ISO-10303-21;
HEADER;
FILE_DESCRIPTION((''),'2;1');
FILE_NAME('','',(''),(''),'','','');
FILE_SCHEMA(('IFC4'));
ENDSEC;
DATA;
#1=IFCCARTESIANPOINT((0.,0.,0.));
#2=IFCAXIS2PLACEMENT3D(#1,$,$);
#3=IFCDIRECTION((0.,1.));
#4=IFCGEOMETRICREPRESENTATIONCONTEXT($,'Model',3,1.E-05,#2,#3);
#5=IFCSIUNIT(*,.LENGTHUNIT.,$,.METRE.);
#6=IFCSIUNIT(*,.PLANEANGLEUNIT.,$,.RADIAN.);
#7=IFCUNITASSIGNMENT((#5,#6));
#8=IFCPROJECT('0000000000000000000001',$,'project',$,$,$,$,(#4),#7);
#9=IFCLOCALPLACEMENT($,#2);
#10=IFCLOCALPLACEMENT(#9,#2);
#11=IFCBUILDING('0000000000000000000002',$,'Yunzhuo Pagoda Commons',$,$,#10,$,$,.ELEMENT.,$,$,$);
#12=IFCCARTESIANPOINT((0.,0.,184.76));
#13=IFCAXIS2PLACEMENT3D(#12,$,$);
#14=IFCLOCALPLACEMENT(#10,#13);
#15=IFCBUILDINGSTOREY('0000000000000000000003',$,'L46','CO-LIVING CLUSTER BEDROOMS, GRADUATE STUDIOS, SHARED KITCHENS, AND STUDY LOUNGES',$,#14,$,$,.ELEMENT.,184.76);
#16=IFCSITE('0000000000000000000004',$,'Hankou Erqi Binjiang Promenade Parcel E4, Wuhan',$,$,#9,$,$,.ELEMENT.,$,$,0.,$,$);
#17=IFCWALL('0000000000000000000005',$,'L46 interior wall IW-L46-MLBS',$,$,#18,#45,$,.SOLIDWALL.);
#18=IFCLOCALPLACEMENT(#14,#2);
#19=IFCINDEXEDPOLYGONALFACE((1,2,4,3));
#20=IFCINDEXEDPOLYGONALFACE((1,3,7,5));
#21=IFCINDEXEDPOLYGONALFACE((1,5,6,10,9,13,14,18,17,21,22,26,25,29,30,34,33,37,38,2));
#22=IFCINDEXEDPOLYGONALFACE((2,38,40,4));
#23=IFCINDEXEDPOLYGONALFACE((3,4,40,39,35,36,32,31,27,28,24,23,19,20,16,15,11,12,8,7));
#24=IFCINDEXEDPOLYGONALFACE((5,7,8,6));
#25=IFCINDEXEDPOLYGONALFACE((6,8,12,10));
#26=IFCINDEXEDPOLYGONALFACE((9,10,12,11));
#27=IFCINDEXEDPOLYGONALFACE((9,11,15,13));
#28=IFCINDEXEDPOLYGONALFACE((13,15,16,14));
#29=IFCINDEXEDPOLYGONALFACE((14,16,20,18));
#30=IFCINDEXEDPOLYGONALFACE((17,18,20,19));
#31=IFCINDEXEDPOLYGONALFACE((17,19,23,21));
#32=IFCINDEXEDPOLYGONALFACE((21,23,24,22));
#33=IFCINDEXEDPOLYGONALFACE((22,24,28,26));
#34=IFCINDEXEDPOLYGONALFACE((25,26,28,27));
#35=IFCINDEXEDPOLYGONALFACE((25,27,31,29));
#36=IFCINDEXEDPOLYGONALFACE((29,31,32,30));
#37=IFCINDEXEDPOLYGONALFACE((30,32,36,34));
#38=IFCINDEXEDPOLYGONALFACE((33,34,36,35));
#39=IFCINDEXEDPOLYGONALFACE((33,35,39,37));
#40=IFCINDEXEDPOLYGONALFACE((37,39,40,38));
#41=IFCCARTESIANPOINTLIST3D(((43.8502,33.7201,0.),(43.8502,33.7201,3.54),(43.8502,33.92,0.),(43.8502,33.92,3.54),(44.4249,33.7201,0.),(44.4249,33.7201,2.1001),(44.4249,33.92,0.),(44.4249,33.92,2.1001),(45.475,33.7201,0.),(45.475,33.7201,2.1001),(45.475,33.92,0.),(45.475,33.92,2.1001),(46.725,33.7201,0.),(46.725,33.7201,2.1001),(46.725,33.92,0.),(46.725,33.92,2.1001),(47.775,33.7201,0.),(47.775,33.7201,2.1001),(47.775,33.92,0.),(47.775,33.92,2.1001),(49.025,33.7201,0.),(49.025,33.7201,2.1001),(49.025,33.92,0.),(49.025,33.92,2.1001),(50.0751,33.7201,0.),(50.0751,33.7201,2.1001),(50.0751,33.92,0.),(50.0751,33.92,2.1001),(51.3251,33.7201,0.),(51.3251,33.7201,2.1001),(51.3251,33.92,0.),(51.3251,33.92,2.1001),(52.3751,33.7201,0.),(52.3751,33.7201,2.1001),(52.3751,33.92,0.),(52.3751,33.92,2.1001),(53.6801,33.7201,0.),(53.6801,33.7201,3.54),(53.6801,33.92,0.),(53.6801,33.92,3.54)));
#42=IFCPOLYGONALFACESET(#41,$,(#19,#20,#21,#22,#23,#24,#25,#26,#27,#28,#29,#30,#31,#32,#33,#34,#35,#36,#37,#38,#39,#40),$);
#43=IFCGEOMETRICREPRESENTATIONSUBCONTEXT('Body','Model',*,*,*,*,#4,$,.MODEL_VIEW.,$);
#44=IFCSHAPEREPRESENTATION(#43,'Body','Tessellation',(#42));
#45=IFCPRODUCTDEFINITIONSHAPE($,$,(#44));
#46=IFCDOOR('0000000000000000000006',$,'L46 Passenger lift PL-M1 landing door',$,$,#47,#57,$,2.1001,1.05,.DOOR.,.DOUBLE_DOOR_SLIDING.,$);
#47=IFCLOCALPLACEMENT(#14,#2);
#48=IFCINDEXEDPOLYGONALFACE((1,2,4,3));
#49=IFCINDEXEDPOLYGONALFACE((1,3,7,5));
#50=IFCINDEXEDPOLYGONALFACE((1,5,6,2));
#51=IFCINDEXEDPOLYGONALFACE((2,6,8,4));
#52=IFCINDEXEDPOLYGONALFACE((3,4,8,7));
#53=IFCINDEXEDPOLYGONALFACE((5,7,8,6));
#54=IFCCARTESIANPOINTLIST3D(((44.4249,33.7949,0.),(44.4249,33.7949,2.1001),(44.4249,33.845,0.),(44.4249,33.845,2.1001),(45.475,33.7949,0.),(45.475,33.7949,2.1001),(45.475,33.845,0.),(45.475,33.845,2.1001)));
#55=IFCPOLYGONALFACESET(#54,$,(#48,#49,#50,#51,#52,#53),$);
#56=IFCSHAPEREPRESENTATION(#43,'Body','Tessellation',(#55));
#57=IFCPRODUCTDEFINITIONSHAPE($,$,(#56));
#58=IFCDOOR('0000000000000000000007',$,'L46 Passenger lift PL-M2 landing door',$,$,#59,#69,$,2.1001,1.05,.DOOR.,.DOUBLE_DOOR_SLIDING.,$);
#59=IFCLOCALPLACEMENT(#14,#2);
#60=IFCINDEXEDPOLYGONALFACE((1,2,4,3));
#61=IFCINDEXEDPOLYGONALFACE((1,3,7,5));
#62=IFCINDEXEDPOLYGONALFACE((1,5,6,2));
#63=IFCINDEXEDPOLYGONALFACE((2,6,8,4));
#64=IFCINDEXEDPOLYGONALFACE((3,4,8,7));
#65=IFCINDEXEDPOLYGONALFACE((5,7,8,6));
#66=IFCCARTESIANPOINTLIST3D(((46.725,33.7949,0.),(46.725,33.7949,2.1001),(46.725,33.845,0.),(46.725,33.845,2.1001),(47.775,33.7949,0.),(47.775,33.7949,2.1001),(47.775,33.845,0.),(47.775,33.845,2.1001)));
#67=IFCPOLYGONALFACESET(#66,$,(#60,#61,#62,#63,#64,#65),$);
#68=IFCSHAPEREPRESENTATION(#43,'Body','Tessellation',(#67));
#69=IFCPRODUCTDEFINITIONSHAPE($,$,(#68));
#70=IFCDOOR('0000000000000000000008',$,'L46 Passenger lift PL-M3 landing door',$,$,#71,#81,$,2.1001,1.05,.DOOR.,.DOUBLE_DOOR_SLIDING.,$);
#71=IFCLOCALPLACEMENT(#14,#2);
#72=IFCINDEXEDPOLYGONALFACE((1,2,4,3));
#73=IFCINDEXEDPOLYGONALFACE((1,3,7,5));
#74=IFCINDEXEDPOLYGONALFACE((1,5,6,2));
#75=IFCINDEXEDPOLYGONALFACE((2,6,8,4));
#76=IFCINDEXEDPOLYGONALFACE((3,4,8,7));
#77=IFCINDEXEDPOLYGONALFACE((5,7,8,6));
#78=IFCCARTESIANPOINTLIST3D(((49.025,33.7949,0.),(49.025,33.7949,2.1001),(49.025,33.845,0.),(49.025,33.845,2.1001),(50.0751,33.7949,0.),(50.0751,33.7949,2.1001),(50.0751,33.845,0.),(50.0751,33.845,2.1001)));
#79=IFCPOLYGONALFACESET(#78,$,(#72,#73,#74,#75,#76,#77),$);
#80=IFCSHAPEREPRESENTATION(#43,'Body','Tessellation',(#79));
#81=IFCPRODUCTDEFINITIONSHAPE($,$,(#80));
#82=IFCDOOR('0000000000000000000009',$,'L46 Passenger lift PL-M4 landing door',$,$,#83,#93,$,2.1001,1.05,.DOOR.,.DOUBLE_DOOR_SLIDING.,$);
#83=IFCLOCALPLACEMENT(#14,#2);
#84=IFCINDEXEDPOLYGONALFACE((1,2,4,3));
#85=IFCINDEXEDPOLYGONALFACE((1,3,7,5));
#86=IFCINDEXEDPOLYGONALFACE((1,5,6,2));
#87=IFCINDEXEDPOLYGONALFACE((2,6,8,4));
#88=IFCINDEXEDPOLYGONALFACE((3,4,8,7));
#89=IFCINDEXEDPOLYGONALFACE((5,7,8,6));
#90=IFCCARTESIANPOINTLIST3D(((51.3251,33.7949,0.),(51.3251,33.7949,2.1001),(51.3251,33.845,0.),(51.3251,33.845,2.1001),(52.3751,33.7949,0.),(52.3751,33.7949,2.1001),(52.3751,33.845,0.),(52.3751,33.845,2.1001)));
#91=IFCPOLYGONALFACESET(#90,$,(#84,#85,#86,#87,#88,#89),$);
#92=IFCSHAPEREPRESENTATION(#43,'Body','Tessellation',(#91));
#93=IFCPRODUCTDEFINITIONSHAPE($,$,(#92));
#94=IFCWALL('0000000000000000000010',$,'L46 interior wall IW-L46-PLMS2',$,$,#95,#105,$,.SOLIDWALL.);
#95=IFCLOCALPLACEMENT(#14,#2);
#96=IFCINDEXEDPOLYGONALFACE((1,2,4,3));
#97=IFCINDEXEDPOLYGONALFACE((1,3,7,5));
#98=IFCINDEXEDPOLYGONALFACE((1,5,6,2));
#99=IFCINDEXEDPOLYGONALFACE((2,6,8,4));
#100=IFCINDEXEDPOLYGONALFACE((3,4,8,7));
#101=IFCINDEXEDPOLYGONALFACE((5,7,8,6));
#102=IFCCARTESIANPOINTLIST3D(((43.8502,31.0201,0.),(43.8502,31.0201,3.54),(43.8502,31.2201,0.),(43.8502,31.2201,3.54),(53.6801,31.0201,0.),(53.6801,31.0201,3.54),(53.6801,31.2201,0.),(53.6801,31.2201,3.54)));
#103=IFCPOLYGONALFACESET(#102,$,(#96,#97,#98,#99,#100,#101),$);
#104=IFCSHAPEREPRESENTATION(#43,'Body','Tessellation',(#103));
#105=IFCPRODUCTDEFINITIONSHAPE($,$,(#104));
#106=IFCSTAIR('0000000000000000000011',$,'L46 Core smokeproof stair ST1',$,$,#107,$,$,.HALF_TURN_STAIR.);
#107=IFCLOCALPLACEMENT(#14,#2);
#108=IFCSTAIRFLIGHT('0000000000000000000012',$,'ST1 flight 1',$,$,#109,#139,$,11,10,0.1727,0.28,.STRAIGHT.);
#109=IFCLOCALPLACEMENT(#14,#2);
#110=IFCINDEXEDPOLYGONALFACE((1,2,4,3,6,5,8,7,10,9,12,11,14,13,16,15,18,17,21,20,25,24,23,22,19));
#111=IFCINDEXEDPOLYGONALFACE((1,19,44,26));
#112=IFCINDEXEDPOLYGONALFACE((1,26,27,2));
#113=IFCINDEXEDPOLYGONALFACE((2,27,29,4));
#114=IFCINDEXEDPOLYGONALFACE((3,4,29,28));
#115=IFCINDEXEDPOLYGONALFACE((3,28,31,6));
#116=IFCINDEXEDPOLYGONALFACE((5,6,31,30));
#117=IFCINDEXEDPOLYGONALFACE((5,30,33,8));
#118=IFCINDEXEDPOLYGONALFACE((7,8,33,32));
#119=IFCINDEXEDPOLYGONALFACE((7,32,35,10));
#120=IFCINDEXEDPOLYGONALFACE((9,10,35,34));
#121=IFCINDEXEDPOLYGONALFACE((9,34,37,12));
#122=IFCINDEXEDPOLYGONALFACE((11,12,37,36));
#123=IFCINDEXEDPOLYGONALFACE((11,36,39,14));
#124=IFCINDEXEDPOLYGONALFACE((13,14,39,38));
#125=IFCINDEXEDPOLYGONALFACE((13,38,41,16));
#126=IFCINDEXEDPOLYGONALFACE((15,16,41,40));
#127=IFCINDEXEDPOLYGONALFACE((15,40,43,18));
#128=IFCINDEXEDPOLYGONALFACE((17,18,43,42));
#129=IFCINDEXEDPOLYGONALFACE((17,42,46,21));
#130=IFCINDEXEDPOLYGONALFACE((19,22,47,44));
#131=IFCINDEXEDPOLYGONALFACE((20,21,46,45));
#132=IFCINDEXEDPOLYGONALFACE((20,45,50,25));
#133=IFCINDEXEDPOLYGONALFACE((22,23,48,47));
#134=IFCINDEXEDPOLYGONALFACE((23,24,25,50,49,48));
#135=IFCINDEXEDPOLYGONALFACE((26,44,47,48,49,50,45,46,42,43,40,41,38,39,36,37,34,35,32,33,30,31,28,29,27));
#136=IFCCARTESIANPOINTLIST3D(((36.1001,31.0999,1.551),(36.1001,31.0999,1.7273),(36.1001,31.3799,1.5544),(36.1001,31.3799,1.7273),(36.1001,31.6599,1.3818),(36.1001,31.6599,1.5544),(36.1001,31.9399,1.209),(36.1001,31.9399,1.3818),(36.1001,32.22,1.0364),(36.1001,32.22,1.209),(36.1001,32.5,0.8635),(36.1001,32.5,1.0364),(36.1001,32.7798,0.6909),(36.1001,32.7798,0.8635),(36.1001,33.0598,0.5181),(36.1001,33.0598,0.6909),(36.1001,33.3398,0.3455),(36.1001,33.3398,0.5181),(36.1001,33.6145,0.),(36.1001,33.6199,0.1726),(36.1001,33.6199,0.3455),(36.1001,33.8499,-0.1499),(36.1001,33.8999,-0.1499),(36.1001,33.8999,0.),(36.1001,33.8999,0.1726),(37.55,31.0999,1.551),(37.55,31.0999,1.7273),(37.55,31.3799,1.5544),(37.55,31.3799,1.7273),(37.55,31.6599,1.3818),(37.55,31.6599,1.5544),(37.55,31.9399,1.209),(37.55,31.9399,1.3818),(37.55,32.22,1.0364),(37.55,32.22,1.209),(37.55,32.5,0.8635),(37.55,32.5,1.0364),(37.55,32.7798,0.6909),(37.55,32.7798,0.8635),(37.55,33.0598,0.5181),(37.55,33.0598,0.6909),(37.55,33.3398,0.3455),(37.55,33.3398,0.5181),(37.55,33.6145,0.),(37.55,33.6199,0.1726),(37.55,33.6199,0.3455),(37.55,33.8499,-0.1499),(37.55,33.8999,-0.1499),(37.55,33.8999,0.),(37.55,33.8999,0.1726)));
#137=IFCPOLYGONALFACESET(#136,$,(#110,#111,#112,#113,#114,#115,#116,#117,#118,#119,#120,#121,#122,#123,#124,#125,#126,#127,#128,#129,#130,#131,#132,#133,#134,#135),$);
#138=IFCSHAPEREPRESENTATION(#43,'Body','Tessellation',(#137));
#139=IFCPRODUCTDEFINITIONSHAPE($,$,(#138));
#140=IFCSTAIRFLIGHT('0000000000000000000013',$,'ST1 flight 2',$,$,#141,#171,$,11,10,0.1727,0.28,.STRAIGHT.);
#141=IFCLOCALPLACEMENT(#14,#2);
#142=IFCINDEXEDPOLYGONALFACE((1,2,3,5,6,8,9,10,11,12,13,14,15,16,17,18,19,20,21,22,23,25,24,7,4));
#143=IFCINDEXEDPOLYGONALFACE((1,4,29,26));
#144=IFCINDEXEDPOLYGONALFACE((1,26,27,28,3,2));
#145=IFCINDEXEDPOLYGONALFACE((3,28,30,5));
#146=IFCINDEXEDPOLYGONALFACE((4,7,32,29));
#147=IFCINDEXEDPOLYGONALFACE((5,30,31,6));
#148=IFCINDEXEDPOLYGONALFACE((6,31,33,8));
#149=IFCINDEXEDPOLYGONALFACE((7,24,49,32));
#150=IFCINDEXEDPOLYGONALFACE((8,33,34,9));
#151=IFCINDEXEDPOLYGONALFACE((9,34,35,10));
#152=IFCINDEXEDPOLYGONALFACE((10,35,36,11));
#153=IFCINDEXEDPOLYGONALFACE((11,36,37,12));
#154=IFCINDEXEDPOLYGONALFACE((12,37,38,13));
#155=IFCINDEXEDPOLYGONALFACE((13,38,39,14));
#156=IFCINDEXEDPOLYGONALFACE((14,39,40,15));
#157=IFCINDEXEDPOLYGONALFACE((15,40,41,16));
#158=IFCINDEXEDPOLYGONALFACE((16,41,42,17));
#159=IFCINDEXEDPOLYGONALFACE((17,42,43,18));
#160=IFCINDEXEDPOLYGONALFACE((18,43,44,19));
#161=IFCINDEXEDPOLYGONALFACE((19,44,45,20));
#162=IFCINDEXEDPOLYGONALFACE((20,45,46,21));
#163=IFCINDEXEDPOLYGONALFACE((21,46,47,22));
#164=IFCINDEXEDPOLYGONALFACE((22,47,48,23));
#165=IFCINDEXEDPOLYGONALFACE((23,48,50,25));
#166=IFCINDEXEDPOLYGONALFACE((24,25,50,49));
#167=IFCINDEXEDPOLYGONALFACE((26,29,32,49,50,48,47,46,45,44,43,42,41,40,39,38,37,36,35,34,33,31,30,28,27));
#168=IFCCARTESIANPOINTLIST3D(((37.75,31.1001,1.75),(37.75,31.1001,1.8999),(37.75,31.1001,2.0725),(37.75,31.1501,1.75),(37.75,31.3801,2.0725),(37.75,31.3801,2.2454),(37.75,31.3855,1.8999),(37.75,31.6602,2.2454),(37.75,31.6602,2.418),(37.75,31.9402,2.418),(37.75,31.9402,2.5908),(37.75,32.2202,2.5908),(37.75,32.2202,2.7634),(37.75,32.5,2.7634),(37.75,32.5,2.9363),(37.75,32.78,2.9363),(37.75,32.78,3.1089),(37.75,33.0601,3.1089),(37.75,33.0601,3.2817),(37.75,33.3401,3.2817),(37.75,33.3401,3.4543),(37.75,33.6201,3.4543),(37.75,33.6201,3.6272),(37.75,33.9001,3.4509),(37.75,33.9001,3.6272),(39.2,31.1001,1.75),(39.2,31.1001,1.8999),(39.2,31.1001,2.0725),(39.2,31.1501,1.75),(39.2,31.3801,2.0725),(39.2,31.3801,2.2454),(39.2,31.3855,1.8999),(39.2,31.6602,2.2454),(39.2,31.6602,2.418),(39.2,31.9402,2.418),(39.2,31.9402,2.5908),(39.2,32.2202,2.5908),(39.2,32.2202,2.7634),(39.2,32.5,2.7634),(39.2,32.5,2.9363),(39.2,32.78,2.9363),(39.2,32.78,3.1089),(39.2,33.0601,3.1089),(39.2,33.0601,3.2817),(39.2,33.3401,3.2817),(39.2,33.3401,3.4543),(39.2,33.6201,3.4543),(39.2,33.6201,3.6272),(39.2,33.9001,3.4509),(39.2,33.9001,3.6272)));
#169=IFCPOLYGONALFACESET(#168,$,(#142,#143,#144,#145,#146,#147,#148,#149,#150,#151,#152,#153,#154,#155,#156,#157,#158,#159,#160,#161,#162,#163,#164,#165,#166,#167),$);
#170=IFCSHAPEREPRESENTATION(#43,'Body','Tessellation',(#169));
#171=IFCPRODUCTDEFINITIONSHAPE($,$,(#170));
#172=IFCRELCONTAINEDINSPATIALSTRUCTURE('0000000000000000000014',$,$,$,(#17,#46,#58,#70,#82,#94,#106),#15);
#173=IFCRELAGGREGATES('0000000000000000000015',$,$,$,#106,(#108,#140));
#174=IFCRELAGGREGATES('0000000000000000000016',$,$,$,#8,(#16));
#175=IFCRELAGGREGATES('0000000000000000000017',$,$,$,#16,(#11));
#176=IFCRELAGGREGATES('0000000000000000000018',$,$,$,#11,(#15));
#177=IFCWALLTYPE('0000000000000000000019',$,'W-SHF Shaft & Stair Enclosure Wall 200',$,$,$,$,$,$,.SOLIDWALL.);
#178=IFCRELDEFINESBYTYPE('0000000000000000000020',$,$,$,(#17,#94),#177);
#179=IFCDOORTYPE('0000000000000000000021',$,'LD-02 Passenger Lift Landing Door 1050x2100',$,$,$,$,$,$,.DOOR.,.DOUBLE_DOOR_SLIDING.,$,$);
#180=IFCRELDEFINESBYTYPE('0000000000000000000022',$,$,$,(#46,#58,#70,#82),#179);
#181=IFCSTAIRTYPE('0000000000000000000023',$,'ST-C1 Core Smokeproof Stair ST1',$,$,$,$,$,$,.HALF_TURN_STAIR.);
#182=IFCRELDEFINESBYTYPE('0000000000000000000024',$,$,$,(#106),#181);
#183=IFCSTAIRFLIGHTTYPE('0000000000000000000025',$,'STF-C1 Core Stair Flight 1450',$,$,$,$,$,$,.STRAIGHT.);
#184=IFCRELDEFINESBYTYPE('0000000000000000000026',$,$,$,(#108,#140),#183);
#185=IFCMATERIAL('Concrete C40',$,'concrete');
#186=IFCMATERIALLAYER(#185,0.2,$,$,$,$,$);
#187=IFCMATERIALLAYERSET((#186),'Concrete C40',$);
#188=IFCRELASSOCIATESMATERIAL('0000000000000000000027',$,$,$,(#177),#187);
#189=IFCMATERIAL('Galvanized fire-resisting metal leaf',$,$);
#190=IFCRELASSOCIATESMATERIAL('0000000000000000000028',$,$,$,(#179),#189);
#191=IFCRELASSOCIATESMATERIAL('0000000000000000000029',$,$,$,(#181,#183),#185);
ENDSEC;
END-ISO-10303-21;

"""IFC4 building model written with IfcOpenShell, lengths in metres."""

from ifc_helpers import new_model, si_unit, direction, frame, frame_2d, origin, origin_with_axes, place, context, subcontext, project, spatial, polyline, rectangle, outline, extrude, source, transform, mapped, material, layer, layer_set, type_object, element, fill, aggregate, save


model = new_model("IFC4")

# Units and contexts
model_context = context("Model", 3, precision=1e-05, world=origin(), true_north=direction((0.0, 1.0)))
body_context = subcontext(model_context, "Body", "Model", "MODEL_VIEW")
ifc_project = project(units=[si_unit("LENGTHUNIT", "METRE"), si_unit("PLANEANGLEUNIT", "RADIAN")], contexts=[model_context])

# Site, building, storey
site_placement = place(None, origin())
site = spatial("IfcSite", under=ifc_project, at=site_placement, Name="Hankou Erqi Binjiang Promenade Parcel E4, Wuhan", CompositionType="ELEMENT", RefElevation=0.0)
building_placement = place(site_placement, origin())
building = spatial("IfcBuilding", under=site, at=building_placement, Name="Yunzhuo Pagoda Commons", CompositionType="ELEMENT")
storey_placement = place(building_placement, frame((0.0, 0.0, 184.76)))
storey = spatial("IfcBuildingStorey", under=building, at=storey_placement, Name="L46", Description="CO-LIVING CLUSTER BEDROOMS, GRADUATE STUDIOS, SHARED KITCHENS, AND STUDY LOUNGES", CompositionType="ELEMENT", Elevation=184.76)

# Shared definitions
ifc_material_1 = material(Name="Concrete C40", Category="concrete")
ifc_layer = layer(ifc_material_1, 0.2)
ifc_layer_set = layer_set([ifc_layer], Name="Concrete C40")
wall_type = type_object("IfcWallType", Name="W-SHF Shaft & Stair Enclosure Wall 200", PredefinedType="SOLIDWALL", material=ifc_layer_set)
ifc_material_2 = material(Name="Galvanized fire-resisting metal leaf")
door_type_1 = type_object("IfcDoorType", Name="LD-02 Passenger Lift Landing Door 1050x2100", OperationType="DOUBLE_DOOR_SLIDING", PredefinedType="DOOR", material=ifc_material_2)
shared_shape_1 = source(origin(), body_context, "Body", "SweptSolid", [
    extrude(rectangle(XDim=1.05, YDim=2.1001, at=frame_2d((0.5249, 1.05))), frame((0.0, 0.0249, 0.0), z_axis=(0.0, -1.0, 0.0), x_axis=(1.0, 0.0, 0.0)), (0.0, 0.0, 1.0), 0.05),
])

# Wall, openings, doors
wall_1_placement = place(storey_placement, frame((43.8501, 33.8201, 0.0), z_axis=(0.0, 0.0, 1.0), x_axis=(1.0, 0.0, 0.0)))
wall_1 = element("IfcWall", 1, at=wall_1_placement, inside=storey, type_object=wall_type, Name="L46 interior wall IW-L46-MLBS", PredefinedType="SOLIDWALL", context=body_context, shape_type="SweptSolid", body=[
    extrude(rectangle(XDim=9.8298, YDim=0.2, at=frame_2d((4.915, 0.0))), origin(), (0.0, 0.0, 1.0), 3.54),
])
opening_1_placement = place(wall_1_placement, frame((0.575, 0.0, 0.0)))
opening_1 = element("IfcOpeningElement", 2, at=opening_1_placement, cuts=wall_1, PredefinedType="OPENING", context=body_context, shape_type="SweptSolid", body=[
    extrude(rectangle(XDim=1.05, YDim=2.1001, at=frame_2d((0.5249, 1.05))), frame((0.0, 0.1099, 0.0), z_axis=(0.0, -1.0, 0.0), x_axis=(1.0, 0.0, 0.0)), (0.0, 0.0, 1.0), 0.22),
])
opening_2_placement = place(wall_1_placement, frame((2.875, 0.0, 0.0)))
opening_2 = element("IfcOpeningElement", 3, at=opening_2_placement, cuts=wall_1, PredefinedType="OPENING", context=body_context, shape_type="SweptSolid", body=[
    extrude(rectangle(XDim=1.05, YDim=2.1001, at=frame_2d((0.5249, 1.05))), frame((0.0, 0.1099, 0.0), z_axis=(0.0, -1.0, 0.0), x_axis=(1.0, 0.0, 0.0)), (0.0, 0.0, 1.0), 0.22),
])
opening_3_placement = place(wall_1_placement, frame((5.175, 0.0, 0.0)))
opening_3 = element("IfcOpeningElement", 4, at=opening_3_placement, cuts=wall_1, PredefinedType="OPENING", context=body_context, shape_type="SweptSolid", body=[
    extrude(rectangle(XDim=1.05, YDim=2.1001, at=frame_2d((0.5249, 1.05))), frame((0.0, 0.1099, 0.0), z_axis=(0.0, -1.0, 0.0), x_axis=(1.0, 0.0, 0.0)), (0.0, 0.0, 1.0), 0.22),
])
opening_4_placement = place(wall_1_placement, frame((7.4751, 0.0, 0.0)))
opening_4 = element("IfcOpeningElement", 5, at=opening_4_placement, cuts=wall_1, PredefinedType="OPENING", context=body_context, shape_type="SweptSolid", body=[
    extrude(rectangle(XDim=1.05, YDim=2.1001, at=frame_2d((0.5249, 1.05))), frame((0.0, 0.1099, 0.0), z_axis=(0.0, -1.0, 0.0), x_axis=(1.0, 0.0, 0.0)), (0.0, 0.0, 1.0), 0.22),
])
door_1_placement = place(opening_1_placement, origin_with_axes())
door_1 = element("IfcDoor", 6, at=door_1_placement, inside=storey, type_object=door_type_1, Name="L46 Passenger lift PL-M1 landing door", OperationType="DOUBLE_DOOR_SLIDING", OverallHeight=2.1001, OverallWidth=1.05, PredefinedType="DOOR", context=body_context, shape_type="MappedRepresentation", body=[
    mapped(shared_shape_1, transform((0.0, 0.0, 0.0), scale=1.0)),
])
fill(opening_1, door_1)
door_2_placement = place(opening_2_placement, origin_with_axes())
door_2 = element("IfcDoor", 7, at=door_2_placement, inside=storey, type_object=door_type_1, Name="L46 Passenger lift PL-M2 landing door", OperationType="DOUBLE_DOOR_SLIDING", OverallHeight=2.1001, OverallWidth=1.05, PredefinedType="DOOR", context=body_context, shape_type="MappedRepresentation", body=[
    mapped(shared_shape_1, transform((0.0, 0.0, 0.0), scale=1.0)),
])
fill(opening_2, door_2)
door_3_placement = place(opening_3_placement, origin_with_axes())
door_3 = element("IfcDoor", 8, at=door_3_placement, inside=storey, type_object=door_type_1, Name="L46 Passenger lift PL-M3 landing door", OperationType="DOUBLE_DOOR_SLIDING", OverallHeight=2.1001, OverallWidth=1.05, PredefinedType="DOOR", context=body_context, shape_type="MappedRepresentation", body=[
    mapped(shared_shape_1, transform((0.0, 0.0, 0.0), scale=1.0)),
])
fill(opening_3, door_3)
door_4_placement = place(opening_4_placement, origin_with_axes())
door_4 = element("IfcDoor", 9, at=door_4_placement, inside=storey, type_object=door_type_1, Name="L46 Passenger lift PL-M4 landing door", OperationType="DOUBLE_DOOR_SLIDING", OverallHeight=2.1001, OverallWidth=1.05, PredefinedType="DOOR", context=body_context, shape_type="MappedRepresentation", body=[
    mapped(shared_shape_1, transform((0.0, 0.0, 0.0), scale=1.0)),
])
fill(opening_4, door_4)

# Wall
wall_2_placement = place(storey_placement, frame((43.8501, 31.1201, 0.0), z_axis=(0.0, 0.0, 1.0), x_axis=(1.0, 0.0, 0.0)))
element("IfcWall", 10, at=wall_2_placement, inside=storey, type_object=wall_type, Name="L46 interior wall IW-L46-PLMS2", PredefinedType="SOLIDWALL", context=body_context, shape_type="SweptSolid", body=[
    extrude(rectangle(XDim=9.8298, YDim=0.2, at=frame_2d((4.915, 0.0))), origin(), (0.0, 0.0, 1.0), 3.54),
])

# Stair, stair flights
stair_type = type_object("IfcStairType", Name="ST-C1 Core Smokeproof Stair ST1", PredefinedType="HALF_TURN_STAIR", material=ifc_material_1)
stair_placement = place(storey_placement, origin())
stair = element("IfcStair", 11, at=stair_placement, inside=storey, type_object=stair_type, Name="L46 Core smokeproof stair ST1", PredefinedType="HALF_TURN_STAIR")
stair_flight_type = type_object("IfcStairFlightType", Name="STF-C1 Core Stair Flight 1450", PredefinedType="STRAIGHT", material=ifc_material_1)
shared_shape_2 = source(origin(), body_context, "Body", "SweptSolid", [
    extrude(outline(polyline([(0.0, -0.1499), (0.0, 0.0), (0.0, 0.1726), (0.28, 0.1726), (0.28, 0.3455), (0.5601, 0.3455), (0.5601, 0.5181), (0.8401, 0.5181), (0.8401, 0.6909), (1.1201, 0.6909), (1.1201, 0.8635), (1.3999, 0.8635), (1.3999, 1.0364), (1.6799, 1.0364), (1.6799, 1.209), (1.96, 1.209), (1.96, 1.3818), (2.24, 1.3818), (2.24, 1.5544), (2.52, 1.5544), (2.52, 1.7273), (2.8, 1.7273), (2.8, 1.8999), (2.8, 1.551), (0.2854, 0.0), (0.05, -0.1499), (0.0, -0.1499)])), frame((0.0, 0.7251, 0.0), z_axis=(0.0, -1.0, 0.0), x_axis=(1.0, 0.0, 0.0)), (0.0, 0.0, 1.0), 1.45),
])
stair_flight_1_placement = place(storey_placement, frame((36.825, 33.8999, 0.0), z_axis=(0.0, 0.0, 1.0), x_axis=(0.0, -1.0, 0.0)))
stair_flight_1 = element("IfcStairFlight", 12, at=stair_flight_1_placement, type_object=stair_flight_type, Name="ST1 flight 1", NumberOfRisers=11, NumberOfTreads=10, PredefinedType="STRAIGHT", RiserHeight=0.1727, TreadLength=0.28, context=body_context, shape_type="MappedRepresentation", body=[
    mapped(shared_shape_2, transform((0.0, 0.0, 0.0), scale=1.0)),
])
stair_flight_2_placement = place(storey_placement, frame((38.4751, 31.1001, 1.8999), z_axis=(0.0, 0.0, 1.0), x_axis=(0.0, 1.0, 0.0)))
stair_flight_2 = element("IfcStairFlight", 13, at=stair_flight_2_placement, type_object=stair_flight_type, Name="ST1 flight 2", NumberOfRisers=11, NumberOfTreads=10, PredefinedType="STRAIGHT", RiserHeight=0.1727, TreadLength=0.28, context=body_context, shape_type="MappedRepresentation", body=[
    mapped(shared_shape_2, transform((0.0, 0.0, 0.0), scale=1.0)),
])
aggregate(stair, [stair_flight_1, stair_flight_2])

save(model, "model.ifc")
